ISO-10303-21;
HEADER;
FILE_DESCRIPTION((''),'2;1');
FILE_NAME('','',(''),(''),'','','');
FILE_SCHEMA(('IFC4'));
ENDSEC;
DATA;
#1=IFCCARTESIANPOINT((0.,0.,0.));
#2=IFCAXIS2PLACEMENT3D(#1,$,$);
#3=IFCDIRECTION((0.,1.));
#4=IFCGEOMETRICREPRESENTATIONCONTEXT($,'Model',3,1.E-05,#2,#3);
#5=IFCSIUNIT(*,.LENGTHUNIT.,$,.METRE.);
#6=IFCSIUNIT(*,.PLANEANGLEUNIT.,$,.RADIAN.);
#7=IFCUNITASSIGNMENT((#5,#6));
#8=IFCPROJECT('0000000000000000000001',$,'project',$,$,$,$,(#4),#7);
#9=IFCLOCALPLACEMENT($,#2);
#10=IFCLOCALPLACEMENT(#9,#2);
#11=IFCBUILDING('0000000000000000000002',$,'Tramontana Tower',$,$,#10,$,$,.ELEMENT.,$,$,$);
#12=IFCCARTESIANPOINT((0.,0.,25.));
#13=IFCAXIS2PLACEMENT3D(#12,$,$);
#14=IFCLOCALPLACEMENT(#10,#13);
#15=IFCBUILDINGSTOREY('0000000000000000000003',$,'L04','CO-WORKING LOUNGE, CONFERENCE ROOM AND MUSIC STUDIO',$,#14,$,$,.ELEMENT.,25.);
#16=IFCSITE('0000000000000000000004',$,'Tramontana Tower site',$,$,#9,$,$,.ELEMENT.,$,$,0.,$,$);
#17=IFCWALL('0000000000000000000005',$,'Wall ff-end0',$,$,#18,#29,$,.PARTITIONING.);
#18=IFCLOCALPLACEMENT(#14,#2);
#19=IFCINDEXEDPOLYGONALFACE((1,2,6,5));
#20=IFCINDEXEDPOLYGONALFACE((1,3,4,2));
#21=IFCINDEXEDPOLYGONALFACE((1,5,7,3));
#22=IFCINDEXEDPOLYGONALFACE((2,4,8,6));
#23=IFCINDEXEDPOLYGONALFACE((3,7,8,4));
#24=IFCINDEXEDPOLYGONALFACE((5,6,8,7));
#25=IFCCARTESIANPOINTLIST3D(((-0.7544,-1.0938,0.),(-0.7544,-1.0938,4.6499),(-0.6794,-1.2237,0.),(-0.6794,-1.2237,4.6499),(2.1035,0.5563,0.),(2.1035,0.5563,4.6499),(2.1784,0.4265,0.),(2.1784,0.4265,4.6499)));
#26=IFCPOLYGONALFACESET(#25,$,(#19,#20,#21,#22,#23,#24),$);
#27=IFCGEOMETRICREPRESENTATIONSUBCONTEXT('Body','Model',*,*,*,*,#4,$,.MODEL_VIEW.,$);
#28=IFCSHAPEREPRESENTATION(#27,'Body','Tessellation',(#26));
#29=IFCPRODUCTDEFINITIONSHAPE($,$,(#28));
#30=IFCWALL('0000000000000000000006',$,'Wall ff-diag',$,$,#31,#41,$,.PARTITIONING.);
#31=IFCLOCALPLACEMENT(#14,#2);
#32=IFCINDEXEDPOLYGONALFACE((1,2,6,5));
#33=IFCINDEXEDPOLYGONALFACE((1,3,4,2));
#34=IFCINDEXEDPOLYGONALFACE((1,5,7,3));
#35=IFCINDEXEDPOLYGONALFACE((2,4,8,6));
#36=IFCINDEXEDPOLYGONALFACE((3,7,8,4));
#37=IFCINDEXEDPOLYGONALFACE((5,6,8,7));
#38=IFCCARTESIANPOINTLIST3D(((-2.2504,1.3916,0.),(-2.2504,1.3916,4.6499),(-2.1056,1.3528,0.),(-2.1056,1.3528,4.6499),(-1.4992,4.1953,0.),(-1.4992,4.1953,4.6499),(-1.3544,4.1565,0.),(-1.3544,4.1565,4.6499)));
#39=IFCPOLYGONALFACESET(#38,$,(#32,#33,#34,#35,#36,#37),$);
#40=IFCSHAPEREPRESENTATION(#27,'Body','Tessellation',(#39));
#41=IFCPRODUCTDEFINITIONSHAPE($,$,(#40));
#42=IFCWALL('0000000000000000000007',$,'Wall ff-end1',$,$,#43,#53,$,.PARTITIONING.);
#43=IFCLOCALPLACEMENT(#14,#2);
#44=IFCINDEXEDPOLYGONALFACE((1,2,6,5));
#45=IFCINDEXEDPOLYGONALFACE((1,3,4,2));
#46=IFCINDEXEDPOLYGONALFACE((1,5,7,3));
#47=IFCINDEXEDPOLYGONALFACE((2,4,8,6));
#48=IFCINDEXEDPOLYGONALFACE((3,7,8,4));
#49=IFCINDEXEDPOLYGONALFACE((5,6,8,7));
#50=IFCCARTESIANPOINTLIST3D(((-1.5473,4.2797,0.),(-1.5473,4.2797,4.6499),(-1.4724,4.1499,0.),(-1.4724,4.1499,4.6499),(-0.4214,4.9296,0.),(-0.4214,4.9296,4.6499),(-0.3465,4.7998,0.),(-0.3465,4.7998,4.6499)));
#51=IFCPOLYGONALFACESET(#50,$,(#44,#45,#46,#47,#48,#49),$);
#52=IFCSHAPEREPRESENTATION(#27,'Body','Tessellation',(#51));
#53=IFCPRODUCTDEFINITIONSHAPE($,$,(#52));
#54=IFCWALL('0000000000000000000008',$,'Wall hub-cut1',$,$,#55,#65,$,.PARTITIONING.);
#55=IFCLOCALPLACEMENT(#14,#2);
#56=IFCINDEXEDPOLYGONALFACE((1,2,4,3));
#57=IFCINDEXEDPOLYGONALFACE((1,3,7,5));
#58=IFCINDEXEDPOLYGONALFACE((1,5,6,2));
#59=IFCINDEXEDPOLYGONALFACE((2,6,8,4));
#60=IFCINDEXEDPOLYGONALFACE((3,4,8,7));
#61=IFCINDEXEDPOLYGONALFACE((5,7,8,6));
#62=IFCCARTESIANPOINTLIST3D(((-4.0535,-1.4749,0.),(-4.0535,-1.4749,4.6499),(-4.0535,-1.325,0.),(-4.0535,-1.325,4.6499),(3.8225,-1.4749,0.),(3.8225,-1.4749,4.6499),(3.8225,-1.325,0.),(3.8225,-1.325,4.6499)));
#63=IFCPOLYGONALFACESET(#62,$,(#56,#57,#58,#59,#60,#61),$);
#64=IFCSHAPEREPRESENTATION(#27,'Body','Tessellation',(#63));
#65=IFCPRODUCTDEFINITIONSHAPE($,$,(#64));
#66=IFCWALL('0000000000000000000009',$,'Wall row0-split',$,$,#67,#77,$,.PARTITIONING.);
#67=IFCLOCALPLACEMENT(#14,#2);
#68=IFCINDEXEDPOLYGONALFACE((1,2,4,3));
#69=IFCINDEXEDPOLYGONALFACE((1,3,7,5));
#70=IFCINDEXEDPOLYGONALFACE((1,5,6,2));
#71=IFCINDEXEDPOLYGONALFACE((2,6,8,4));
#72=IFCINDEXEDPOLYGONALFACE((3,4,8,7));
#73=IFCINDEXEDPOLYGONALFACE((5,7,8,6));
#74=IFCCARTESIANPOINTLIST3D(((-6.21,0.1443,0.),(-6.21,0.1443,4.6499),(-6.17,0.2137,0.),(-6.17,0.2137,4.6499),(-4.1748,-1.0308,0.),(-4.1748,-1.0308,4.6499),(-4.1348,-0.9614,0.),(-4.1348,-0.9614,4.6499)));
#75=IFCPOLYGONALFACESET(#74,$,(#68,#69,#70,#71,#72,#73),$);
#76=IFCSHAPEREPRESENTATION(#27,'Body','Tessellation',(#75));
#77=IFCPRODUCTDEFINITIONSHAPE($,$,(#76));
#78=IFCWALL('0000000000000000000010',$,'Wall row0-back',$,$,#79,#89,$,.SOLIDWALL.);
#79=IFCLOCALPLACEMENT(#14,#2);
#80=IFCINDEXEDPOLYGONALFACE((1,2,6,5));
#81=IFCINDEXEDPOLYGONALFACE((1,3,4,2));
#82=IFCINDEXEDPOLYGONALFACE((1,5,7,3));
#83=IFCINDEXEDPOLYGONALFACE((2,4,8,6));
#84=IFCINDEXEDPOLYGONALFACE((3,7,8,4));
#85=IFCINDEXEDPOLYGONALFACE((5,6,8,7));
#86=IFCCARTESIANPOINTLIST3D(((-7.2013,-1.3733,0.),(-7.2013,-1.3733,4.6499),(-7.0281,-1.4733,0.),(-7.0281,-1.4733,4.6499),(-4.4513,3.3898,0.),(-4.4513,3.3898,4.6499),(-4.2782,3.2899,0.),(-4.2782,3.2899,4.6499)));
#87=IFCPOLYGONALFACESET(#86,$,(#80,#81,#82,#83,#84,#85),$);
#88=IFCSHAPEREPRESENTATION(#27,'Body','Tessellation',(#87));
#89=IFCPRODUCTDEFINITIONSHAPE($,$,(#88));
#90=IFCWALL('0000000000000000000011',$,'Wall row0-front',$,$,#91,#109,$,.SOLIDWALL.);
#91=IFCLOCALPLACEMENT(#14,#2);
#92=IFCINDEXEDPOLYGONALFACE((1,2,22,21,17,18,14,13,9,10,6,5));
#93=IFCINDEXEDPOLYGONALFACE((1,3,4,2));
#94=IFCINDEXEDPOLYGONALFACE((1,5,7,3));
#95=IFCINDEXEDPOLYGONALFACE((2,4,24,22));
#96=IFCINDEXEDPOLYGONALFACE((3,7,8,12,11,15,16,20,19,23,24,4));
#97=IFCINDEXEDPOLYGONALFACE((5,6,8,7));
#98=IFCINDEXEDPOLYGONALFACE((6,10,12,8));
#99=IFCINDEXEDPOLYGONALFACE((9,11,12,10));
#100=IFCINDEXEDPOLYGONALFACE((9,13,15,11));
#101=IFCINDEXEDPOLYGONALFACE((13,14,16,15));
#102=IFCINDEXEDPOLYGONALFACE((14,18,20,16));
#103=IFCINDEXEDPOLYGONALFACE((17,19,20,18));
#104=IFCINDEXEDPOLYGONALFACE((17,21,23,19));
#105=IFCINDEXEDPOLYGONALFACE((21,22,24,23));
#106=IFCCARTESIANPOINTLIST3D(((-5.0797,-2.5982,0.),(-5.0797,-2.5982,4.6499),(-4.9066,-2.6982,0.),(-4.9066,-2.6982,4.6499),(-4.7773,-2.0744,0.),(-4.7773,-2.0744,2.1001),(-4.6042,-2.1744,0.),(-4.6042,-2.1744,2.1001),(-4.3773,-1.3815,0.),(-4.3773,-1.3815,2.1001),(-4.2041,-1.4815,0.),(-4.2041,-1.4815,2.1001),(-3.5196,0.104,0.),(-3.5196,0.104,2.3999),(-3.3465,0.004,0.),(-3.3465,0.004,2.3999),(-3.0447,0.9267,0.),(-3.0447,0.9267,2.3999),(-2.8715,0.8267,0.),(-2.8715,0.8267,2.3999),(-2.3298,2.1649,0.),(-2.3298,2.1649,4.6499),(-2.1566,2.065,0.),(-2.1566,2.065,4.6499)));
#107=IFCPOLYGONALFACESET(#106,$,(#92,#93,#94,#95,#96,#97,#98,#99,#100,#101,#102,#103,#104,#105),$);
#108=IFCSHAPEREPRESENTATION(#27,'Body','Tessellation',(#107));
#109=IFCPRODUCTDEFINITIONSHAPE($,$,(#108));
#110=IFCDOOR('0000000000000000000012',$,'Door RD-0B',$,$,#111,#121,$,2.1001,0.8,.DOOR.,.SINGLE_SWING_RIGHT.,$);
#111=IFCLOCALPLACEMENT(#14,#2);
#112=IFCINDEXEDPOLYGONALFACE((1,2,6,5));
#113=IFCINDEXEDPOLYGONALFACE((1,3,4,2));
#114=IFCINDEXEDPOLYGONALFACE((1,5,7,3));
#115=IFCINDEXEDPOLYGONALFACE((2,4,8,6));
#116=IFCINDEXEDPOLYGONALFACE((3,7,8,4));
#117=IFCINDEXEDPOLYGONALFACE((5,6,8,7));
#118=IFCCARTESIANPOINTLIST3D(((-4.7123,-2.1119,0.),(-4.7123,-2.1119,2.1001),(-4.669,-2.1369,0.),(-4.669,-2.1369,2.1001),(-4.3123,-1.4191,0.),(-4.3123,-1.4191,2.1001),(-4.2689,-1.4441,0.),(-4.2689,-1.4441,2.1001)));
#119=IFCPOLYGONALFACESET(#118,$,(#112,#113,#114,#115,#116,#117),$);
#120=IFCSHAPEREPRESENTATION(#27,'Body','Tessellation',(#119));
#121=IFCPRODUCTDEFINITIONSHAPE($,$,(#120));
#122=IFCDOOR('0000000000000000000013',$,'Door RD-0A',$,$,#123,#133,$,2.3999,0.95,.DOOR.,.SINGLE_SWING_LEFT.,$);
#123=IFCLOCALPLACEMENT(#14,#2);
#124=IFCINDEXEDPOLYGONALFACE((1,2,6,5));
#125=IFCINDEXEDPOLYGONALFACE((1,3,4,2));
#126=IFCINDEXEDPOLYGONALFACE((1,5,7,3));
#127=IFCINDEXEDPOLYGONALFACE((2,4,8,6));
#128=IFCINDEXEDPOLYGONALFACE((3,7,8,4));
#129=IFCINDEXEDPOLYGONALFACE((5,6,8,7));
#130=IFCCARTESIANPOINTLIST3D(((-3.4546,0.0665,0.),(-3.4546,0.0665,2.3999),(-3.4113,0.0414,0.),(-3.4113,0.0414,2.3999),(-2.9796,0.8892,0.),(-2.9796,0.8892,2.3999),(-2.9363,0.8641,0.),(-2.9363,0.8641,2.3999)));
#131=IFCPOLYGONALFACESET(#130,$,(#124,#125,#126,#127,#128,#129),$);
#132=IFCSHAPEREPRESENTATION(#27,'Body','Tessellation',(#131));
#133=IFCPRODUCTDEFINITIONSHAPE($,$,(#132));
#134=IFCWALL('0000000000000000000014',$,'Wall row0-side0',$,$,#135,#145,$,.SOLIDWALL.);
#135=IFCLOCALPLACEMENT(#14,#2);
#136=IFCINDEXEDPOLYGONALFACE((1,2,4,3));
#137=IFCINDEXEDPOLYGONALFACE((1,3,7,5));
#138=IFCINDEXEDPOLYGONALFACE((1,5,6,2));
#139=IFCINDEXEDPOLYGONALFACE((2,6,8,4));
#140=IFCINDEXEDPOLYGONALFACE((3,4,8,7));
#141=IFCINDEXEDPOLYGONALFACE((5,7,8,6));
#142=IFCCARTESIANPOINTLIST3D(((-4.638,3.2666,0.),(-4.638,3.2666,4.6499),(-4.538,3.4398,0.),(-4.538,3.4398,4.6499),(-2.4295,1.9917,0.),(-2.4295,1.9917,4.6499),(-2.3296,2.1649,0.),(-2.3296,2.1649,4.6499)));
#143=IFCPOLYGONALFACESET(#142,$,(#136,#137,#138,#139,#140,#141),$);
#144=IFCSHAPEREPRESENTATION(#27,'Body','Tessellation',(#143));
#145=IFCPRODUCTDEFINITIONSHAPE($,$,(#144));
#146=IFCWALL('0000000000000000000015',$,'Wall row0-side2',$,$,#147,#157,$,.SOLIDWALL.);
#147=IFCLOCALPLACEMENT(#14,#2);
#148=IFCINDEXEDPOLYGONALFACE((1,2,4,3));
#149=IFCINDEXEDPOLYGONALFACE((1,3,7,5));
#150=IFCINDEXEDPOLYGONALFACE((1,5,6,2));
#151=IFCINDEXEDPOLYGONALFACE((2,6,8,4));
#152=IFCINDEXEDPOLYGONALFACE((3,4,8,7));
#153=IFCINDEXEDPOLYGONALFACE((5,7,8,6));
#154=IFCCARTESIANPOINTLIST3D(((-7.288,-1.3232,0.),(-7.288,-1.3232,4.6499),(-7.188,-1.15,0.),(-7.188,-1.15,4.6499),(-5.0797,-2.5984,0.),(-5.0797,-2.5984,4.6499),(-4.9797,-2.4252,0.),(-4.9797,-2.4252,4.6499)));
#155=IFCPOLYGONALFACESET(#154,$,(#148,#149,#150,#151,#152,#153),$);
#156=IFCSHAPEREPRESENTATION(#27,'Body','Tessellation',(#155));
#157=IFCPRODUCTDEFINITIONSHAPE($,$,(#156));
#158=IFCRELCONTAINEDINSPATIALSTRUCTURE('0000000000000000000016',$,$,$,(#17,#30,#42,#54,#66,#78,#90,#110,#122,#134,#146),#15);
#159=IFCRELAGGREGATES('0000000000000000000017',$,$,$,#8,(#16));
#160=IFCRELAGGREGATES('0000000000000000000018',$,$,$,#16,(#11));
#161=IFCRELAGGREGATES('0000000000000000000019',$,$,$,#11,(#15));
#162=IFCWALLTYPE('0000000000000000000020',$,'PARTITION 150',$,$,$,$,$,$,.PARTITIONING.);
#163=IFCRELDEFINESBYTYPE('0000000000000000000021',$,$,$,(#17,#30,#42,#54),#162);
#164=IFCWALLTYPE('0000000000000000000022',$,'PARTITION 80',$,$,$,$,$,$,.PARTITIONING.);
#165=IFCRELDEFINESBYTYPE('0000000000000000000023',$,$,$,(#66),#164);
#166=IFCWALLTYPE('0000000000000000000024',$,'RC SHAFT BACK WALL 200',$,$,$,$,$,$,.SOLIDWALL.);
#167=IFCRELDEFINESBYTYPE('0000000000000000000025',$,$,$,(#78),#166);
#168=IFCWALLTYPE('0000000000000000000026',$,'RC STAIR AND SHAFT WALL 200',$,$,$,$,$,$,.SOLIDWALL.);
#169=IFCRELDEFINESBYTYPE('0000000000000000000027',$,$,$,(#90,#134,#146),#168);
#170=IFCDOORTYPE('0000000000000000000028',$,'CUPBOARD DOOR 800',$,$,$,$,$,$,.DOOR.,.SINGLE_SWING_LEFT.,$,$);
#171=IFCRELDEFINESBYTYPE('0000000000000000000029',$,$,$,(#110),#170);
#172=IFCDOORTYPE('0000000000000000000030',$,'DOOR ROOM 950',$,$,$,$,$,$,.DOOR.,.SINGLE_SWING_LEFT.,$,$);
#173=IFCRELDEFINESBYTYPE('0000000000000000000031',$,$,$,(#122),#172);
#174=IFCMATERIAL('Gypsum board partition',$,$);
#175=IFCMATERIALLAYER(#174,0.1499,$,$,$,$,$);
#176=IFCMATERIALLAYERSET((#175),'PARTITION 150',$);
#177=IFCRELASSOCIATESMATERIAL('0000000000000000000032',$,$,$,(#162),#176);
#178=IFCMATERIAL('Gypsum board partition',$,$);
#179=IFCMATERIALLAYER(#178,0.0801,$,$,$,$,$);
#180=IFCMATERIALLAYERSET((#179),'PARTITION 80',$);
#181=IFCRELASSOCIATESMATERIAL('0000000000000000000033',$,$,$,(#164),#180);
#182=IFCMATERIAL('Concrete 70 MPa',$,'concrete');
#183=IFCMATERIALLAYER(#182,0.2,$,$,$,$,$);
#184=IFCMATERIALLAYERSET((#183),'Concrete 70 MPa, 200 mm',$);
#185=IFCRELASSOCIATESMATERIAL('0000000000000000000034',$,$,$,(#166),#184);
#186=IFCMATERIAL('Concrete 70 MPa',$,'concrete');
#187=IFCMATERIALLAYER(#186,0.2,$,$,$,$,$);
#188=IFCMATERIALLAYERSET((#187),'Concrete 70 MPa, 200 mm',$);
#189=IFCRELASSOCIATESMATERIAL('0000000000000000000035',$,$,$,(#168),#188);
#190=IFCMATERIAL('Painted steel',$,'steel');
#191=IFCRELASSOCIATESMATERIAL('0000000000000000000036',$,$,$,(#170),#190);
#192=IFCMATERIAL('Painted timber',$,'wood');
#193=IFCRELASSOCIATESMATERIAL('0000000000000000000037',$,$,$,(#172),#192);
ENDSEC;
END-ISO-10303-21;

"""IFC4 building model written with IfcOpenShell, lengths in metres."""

from ifc_helpers import new_model, si_unit, direction, frame, frame_2d, origin, place, context, subcontext, project, spatial, rectangle, extrude, material, layer, layer_set, type_object, element, fill, save


model = new_model("IFC4")

# Units and contexts
model_context = context("Model", 3, precision=1e-05, world=origin(), true_north=direction((0.0, 1.0)))
body_context = subcontext(model_context, "Body", "Model", "MODEL_VIEW")
ifc_project = project(units=[si_unit("LENGTHUNIT", "METRE"), si_unit("PLANEANGLEUNIT", "RADIAN")], contexts=[model_context])

# Site, building, storey
site_placement = place(None, origin())
site = spatial("IfcSite", under=ifc_project, at=site_placement, Name="Tramontana Tower site", CompositionType="ELEMENT", RefElevation=0.0)
building_placement = place(site_placement, origin())
building = spatial("IfcBuilding", under=site, at=building_placement, Name="Tramontana Tower", CompositionType="ELEMENT")
storey_placement = place(building_placement, frame((0.0, 0.0, 25.0)))
storey = spatial("IfcBuildingStorey", under=building, at=storey_placement, Name="L04", Description="CO-WORKING LOUNGE, CONFERENCE ROOM AND MUSIC STUDIO", CompositionType="ELEMENT", Elevation=25.0)

# Shared definitions
ifc_material_1 = material(Name="Gypsum board partition")
ifc_layer_1 = layer(ifc_material_1, 0.1499)
ifc_layer_set_1 = layer_set([ifc_layer_1], Name="PARTITION 150")
wall_type_1 = type_object("IfcWallType", Name="PARTITION 150", PredefinedType="PARTITIONING", material=ifc_layer_set_1)

# Walls
wall_1_placement = place(storey_placement, frame((-0.7168, -1.1587, 0.0), z_axis=(0.0, 0.0, 1.0), x_axis=(0.866008, 0.50003, 0.0)))
element("IfcWall", 1, at=wall_1_placement, inside=storey, type_object=wall_type_1, Name="Wall ff-end0", PredefinedType="PARTITIONING", context=body_context, shape_type="SweptSolid", body=[
    extrude(rectangle(XDim=3.3, YDim=0.1499, at=frame_2d((1.6499, 0.0))), origin(), (0.0, 0.0, 1.0), 4.6499),
])
wall_2_placement = place(storey_placement, frame((-2.178, 1.3723, 0.0), z_axis=(0.0, 0.0, 1.0), x_axis=(0.258809, 0.965929, 0.0)))
element("IfcWall", 2, at=wall_2_placement, inside=storey, type_object=wall_type_1, Name="Wall ff-diag", PredefinedType="PARTITIONING", context=body_context, shape_type="SweptSolid", body=[
    extrude(rectangle(XDim=2.9026, YDim=0.1499, at=frame_2d((1.4512, 0.0))), origin(), (0.0, 0.0, 1.0), 4.6499),
])
wall_3_placement = place(storey_placement, frame((-1.5098, 4.2148, 0.0), z_axis=(0.0, 0.0, 1.0), x_axis=(0.866086, 0.499896, 0.0)))
element("IfcWall", 3, at=wall_3_placement, inside=storey, type_object=wall_type_1, Name="Wall ff-end1", PredefinedType="PARTITIONING", context=body_context, shape_type="SweptSolid", body=[
    extrude(rectangle(XDim=1.3, YDim=0.1499, at=frame_2d((0.6499, 0.0))), origin(), (0.0, 0.0, 1.0), 4.6499),
])
wall_4_placement = place(storey_placement, frame((-4.0535, -1.3999, 0.0), z_axis=(0.0, 0.0, 1.0), x_axis=(1.0, 0.0, 0.0)))
element("IfcWall", 4, at=wall_4_placement, inside=storey, type_object=wall_type_1, Name="Wall hub-cut1", PredefinedType="PARTITIONING", context=body_context, shape_type="SweptSolid", body=[
    extrude(rectangle(XDim=7.876, YDim=0.1499, at=frame_2d((3.938, 0.0))), origin(), (0.0, 0.0, 1.0), 4.6499),
])
ifc_material_2 = material(Name="Gypsum board partition")
ifc_layer_2 = layer(ifc_material_2, 0.0801)
ifc_layer_set_2 = layer_set([ifc_layer_2], Name="PARTITION 80")
wall_type_2 = type_object("IfcWallType", Name="PARTITION 80", PredefinedType="PARTITIONING", material=ifc_layer_set_2)
wall_5_placement = place(storey_placement, frame((-4.1548, -0.9961, 0.0), z_axis=(0.0, 0.0, 1.0), x_axis=(-0.866016, 0.500016, 0.0)))
element("IfcWall", 5, at=wall_5_placement, inside=storey, type_object=wall_type_2, Name="Wall row0-split", PredefinedType="PARTITIONING", context=body_context, shape_type="SweptSolid", body=[
    extrude(rectangle(XDim=2.3501, YDim=0.0801, at=frame_2d((1.175, 0.0))), origin(), (0.0, 0.0, 1.0), 4.6499),
])
ifc_material_3 = material(Name="Concrete 70 MPa", Category="concrete")
ifc_layer_3 = layer(ifc_material_3, 0.2)
ifc_layer_set_3 = layer_set([ifc_layer_3], Name="Concrete 70 MPa, 200 mm")
wall_type_3 = type_object("IfcWallType", Name="RC SHAFT BACK WALL 200", PredefinedType="SOLIDWALL", material=ifc_layer_set_3)
wall_6_placement = place(storey_placement, frame((-4.3647, 3.3398, 0.0), z_axis=(0.0, 0.0, 1.0), x_axis=(-0.499997, -0.866027, 0.0)))
element("IfcWall", 6, at=wall_6_placement, inside=storey, type_object=wall_type_3, Name="Wall row0-back", PredefinedType="SOLIDWALL", context=body_context, shape_type="SweptSolid", body=[
    extrude(rectangle(XDim=5.5, YDim=0.2, at=frame_2d((2.75, 0.0))), origin(), (0.0, 0.0, 1.0), 4.6499),
])

# Shared definitions
ifc_material_4 = material(Name="Concrete 70 MPa", Category="concrete")
ifc_layer_4 = layer(ifc_material_4, 0.2)
ifc_layer_set_4 = layer_set([ifc_layer_4], Name="Concrete 70 MPa, 200 mm")
wall_type_4 = type_object("IfcWallType", Name="RC STAIR AND SHAFT WALL 200", PredefinedType="SOLIDWALL", material=ifc_layer_set_4)

# Wall, openings, doors
wall_7_placement = place(storey_placement, frame((-4.9932, -2.6482, 0.0), z_axis=(0.0, 0.0, 1.0), x_axis=(0.499997, 0.866027, 0.0)))
wall_7 = element("IfcWall", 7, at=wall_7_placement, inside=storey, type_object=wall_type_4, Name="Wall row0-front", PredefinedType="SOLIDWALL", context=body_context, shape_type="SweptSolid", body=[
    extrude(rectangle(XDim=5.5, YDim=0.2, at=frame_2d((2.75, 0.0))), origin(), (0.0, 0.0, 1.0), 4.6499),
])
opening_1_placement = place(wall_7_placement, frame((3.1201, 0.0, 0.0)))
opening_1 = element("IfcOpeningElement", 8, at=opening_1_placement, cuts=wall_7, PredefinedType="OPENING", context=body_context, shape_type="SweptSolid", body=[
    extrude(rectangle(XDim=0.95, YDim=2.3999, at=frame_2d((0.4751, 1.2))), frame((0.0, 0.1099, 0.0), z_axis=(0.0, -1.0, 0.0), x_axis=(1.0, 0.0, 0.0)), (0.0, 0.0, 1.0), 0.22),
])
opening_2_placement = place(wall_7_placement, frame((0.605, 0.0, 0.0)))
opening_2 = element("IfcOpeningElement", 9, at=opening_2_placement, cuts=wall_7, PredefinedType="OPENING", context=body_context, shape_type="SweptSolid", body=[
    extrude(rectangle(XDim=0.8, YDim=2.1001, at=frame_2d((0.3999, 1.05))), frame((0.0, 0.1099, 0.0), z_axis=(0.0, -1.0, 0.0), x_axis=(1.0, 0.0, 0.0)), (0.0, 0.0, 1.0), 0.22),
])
ifc_material_5 = material(Name="Painted steel", Category="steel")
door_type_1 = type_object("IfcDoorType", Name="CUPBOARD DOOR 800", OperationType="SINGLE_SWING_LEFT", PredefinedType="DOOR", material=ifc_material_5)
door_1_placement = place(opening_2_placement, origin())
door_1 = element("IfcDoor", 10, at=door_1_placement, inside=storey, type_object=door_type_1, Name="Door RD-0B", OperationType="SINGLE_SWING_RIGHT", OverallHeight=2.1001, OverallWidth=0.8, PredefinedType="DOOR", context=body_context, shape_type="SweptSolid", body=[
    extrude(rectangle(XDim=0.8, YDim=2.1001, at=frame_2d((0.3999, 1.05))), frame((0.0, 0.0249, 0.0), z_axis=(0.0, -1.0, 0.0), x_axis=(1.0, 0.0, 0.0)), (0.0, 0.0, 1.0), 0.05),
])
fill(opening_2, door_1)
ifc_material_6 = material(Name="Painted timber", Category="wood")
door_type_2 = type_object("IfcDoorType", Name="DOOR ROOM 950", OperationType="SINGLE_SWING_LEFT", PredefinedType="DOOR", material=ifc_material_6)
door_2_placement = place(opening_1_placement, origin())
door_2 = element("IfcDoor", 11, at=door_2_placement, inside=storey, type_object=door_type_2, Name="Door RD-0A", OperationType="SINGLE_SWING_LEFT", OverallHeight=2.3999, OverallWidth=0.95, PredefinedType="DOOR", context=body_context, shape_type="SweptSolid", body=[
    extrude(rectangle(XDim=0.95, YDim=2.3999, at=frame_2d((0.4751, 1.2))), frame((0.0, 0.0249, 0.0), z_axis=(0.0, -1.0, 0.0), x_axis=(1.0, 0.0, 0.0)), (0.0, 0.0, 1.0), 0.05),
])
fill(opening_1, door_2)

# Walls
for number, where, z_axis, x_axis, name in (
    (12, (-2.3796, 2.0784, 0.0), (0.0, 0.0, 1.0), (-0.866055, 0.499949, 0.0), "Wall row0-side0"),
    (13, (-5.0298, -2.5117, 0.0), (0.0, 0.0, 1.0), (-0.865989, 0.500062, 0.0), "Wall row0-side2"),
):
    element("IfcWall", number, at=place(storey_placement, frame(where, z_axis=z_axis, x_axis=x_axis)), inside=storey, type_object=wall_type_4, Name=name, PredefinedType="SOLIDWALL", context=body_context, shape_type="SweptSolid", body=[
        extrude(rectangle(XDim=2.55, YDim=0.2, at=frame_2d((1.2749, 0.0))), origin(), (0.0, 0.0, 1.0), 4.6499),
    ])

save(model, "model.ifc")
